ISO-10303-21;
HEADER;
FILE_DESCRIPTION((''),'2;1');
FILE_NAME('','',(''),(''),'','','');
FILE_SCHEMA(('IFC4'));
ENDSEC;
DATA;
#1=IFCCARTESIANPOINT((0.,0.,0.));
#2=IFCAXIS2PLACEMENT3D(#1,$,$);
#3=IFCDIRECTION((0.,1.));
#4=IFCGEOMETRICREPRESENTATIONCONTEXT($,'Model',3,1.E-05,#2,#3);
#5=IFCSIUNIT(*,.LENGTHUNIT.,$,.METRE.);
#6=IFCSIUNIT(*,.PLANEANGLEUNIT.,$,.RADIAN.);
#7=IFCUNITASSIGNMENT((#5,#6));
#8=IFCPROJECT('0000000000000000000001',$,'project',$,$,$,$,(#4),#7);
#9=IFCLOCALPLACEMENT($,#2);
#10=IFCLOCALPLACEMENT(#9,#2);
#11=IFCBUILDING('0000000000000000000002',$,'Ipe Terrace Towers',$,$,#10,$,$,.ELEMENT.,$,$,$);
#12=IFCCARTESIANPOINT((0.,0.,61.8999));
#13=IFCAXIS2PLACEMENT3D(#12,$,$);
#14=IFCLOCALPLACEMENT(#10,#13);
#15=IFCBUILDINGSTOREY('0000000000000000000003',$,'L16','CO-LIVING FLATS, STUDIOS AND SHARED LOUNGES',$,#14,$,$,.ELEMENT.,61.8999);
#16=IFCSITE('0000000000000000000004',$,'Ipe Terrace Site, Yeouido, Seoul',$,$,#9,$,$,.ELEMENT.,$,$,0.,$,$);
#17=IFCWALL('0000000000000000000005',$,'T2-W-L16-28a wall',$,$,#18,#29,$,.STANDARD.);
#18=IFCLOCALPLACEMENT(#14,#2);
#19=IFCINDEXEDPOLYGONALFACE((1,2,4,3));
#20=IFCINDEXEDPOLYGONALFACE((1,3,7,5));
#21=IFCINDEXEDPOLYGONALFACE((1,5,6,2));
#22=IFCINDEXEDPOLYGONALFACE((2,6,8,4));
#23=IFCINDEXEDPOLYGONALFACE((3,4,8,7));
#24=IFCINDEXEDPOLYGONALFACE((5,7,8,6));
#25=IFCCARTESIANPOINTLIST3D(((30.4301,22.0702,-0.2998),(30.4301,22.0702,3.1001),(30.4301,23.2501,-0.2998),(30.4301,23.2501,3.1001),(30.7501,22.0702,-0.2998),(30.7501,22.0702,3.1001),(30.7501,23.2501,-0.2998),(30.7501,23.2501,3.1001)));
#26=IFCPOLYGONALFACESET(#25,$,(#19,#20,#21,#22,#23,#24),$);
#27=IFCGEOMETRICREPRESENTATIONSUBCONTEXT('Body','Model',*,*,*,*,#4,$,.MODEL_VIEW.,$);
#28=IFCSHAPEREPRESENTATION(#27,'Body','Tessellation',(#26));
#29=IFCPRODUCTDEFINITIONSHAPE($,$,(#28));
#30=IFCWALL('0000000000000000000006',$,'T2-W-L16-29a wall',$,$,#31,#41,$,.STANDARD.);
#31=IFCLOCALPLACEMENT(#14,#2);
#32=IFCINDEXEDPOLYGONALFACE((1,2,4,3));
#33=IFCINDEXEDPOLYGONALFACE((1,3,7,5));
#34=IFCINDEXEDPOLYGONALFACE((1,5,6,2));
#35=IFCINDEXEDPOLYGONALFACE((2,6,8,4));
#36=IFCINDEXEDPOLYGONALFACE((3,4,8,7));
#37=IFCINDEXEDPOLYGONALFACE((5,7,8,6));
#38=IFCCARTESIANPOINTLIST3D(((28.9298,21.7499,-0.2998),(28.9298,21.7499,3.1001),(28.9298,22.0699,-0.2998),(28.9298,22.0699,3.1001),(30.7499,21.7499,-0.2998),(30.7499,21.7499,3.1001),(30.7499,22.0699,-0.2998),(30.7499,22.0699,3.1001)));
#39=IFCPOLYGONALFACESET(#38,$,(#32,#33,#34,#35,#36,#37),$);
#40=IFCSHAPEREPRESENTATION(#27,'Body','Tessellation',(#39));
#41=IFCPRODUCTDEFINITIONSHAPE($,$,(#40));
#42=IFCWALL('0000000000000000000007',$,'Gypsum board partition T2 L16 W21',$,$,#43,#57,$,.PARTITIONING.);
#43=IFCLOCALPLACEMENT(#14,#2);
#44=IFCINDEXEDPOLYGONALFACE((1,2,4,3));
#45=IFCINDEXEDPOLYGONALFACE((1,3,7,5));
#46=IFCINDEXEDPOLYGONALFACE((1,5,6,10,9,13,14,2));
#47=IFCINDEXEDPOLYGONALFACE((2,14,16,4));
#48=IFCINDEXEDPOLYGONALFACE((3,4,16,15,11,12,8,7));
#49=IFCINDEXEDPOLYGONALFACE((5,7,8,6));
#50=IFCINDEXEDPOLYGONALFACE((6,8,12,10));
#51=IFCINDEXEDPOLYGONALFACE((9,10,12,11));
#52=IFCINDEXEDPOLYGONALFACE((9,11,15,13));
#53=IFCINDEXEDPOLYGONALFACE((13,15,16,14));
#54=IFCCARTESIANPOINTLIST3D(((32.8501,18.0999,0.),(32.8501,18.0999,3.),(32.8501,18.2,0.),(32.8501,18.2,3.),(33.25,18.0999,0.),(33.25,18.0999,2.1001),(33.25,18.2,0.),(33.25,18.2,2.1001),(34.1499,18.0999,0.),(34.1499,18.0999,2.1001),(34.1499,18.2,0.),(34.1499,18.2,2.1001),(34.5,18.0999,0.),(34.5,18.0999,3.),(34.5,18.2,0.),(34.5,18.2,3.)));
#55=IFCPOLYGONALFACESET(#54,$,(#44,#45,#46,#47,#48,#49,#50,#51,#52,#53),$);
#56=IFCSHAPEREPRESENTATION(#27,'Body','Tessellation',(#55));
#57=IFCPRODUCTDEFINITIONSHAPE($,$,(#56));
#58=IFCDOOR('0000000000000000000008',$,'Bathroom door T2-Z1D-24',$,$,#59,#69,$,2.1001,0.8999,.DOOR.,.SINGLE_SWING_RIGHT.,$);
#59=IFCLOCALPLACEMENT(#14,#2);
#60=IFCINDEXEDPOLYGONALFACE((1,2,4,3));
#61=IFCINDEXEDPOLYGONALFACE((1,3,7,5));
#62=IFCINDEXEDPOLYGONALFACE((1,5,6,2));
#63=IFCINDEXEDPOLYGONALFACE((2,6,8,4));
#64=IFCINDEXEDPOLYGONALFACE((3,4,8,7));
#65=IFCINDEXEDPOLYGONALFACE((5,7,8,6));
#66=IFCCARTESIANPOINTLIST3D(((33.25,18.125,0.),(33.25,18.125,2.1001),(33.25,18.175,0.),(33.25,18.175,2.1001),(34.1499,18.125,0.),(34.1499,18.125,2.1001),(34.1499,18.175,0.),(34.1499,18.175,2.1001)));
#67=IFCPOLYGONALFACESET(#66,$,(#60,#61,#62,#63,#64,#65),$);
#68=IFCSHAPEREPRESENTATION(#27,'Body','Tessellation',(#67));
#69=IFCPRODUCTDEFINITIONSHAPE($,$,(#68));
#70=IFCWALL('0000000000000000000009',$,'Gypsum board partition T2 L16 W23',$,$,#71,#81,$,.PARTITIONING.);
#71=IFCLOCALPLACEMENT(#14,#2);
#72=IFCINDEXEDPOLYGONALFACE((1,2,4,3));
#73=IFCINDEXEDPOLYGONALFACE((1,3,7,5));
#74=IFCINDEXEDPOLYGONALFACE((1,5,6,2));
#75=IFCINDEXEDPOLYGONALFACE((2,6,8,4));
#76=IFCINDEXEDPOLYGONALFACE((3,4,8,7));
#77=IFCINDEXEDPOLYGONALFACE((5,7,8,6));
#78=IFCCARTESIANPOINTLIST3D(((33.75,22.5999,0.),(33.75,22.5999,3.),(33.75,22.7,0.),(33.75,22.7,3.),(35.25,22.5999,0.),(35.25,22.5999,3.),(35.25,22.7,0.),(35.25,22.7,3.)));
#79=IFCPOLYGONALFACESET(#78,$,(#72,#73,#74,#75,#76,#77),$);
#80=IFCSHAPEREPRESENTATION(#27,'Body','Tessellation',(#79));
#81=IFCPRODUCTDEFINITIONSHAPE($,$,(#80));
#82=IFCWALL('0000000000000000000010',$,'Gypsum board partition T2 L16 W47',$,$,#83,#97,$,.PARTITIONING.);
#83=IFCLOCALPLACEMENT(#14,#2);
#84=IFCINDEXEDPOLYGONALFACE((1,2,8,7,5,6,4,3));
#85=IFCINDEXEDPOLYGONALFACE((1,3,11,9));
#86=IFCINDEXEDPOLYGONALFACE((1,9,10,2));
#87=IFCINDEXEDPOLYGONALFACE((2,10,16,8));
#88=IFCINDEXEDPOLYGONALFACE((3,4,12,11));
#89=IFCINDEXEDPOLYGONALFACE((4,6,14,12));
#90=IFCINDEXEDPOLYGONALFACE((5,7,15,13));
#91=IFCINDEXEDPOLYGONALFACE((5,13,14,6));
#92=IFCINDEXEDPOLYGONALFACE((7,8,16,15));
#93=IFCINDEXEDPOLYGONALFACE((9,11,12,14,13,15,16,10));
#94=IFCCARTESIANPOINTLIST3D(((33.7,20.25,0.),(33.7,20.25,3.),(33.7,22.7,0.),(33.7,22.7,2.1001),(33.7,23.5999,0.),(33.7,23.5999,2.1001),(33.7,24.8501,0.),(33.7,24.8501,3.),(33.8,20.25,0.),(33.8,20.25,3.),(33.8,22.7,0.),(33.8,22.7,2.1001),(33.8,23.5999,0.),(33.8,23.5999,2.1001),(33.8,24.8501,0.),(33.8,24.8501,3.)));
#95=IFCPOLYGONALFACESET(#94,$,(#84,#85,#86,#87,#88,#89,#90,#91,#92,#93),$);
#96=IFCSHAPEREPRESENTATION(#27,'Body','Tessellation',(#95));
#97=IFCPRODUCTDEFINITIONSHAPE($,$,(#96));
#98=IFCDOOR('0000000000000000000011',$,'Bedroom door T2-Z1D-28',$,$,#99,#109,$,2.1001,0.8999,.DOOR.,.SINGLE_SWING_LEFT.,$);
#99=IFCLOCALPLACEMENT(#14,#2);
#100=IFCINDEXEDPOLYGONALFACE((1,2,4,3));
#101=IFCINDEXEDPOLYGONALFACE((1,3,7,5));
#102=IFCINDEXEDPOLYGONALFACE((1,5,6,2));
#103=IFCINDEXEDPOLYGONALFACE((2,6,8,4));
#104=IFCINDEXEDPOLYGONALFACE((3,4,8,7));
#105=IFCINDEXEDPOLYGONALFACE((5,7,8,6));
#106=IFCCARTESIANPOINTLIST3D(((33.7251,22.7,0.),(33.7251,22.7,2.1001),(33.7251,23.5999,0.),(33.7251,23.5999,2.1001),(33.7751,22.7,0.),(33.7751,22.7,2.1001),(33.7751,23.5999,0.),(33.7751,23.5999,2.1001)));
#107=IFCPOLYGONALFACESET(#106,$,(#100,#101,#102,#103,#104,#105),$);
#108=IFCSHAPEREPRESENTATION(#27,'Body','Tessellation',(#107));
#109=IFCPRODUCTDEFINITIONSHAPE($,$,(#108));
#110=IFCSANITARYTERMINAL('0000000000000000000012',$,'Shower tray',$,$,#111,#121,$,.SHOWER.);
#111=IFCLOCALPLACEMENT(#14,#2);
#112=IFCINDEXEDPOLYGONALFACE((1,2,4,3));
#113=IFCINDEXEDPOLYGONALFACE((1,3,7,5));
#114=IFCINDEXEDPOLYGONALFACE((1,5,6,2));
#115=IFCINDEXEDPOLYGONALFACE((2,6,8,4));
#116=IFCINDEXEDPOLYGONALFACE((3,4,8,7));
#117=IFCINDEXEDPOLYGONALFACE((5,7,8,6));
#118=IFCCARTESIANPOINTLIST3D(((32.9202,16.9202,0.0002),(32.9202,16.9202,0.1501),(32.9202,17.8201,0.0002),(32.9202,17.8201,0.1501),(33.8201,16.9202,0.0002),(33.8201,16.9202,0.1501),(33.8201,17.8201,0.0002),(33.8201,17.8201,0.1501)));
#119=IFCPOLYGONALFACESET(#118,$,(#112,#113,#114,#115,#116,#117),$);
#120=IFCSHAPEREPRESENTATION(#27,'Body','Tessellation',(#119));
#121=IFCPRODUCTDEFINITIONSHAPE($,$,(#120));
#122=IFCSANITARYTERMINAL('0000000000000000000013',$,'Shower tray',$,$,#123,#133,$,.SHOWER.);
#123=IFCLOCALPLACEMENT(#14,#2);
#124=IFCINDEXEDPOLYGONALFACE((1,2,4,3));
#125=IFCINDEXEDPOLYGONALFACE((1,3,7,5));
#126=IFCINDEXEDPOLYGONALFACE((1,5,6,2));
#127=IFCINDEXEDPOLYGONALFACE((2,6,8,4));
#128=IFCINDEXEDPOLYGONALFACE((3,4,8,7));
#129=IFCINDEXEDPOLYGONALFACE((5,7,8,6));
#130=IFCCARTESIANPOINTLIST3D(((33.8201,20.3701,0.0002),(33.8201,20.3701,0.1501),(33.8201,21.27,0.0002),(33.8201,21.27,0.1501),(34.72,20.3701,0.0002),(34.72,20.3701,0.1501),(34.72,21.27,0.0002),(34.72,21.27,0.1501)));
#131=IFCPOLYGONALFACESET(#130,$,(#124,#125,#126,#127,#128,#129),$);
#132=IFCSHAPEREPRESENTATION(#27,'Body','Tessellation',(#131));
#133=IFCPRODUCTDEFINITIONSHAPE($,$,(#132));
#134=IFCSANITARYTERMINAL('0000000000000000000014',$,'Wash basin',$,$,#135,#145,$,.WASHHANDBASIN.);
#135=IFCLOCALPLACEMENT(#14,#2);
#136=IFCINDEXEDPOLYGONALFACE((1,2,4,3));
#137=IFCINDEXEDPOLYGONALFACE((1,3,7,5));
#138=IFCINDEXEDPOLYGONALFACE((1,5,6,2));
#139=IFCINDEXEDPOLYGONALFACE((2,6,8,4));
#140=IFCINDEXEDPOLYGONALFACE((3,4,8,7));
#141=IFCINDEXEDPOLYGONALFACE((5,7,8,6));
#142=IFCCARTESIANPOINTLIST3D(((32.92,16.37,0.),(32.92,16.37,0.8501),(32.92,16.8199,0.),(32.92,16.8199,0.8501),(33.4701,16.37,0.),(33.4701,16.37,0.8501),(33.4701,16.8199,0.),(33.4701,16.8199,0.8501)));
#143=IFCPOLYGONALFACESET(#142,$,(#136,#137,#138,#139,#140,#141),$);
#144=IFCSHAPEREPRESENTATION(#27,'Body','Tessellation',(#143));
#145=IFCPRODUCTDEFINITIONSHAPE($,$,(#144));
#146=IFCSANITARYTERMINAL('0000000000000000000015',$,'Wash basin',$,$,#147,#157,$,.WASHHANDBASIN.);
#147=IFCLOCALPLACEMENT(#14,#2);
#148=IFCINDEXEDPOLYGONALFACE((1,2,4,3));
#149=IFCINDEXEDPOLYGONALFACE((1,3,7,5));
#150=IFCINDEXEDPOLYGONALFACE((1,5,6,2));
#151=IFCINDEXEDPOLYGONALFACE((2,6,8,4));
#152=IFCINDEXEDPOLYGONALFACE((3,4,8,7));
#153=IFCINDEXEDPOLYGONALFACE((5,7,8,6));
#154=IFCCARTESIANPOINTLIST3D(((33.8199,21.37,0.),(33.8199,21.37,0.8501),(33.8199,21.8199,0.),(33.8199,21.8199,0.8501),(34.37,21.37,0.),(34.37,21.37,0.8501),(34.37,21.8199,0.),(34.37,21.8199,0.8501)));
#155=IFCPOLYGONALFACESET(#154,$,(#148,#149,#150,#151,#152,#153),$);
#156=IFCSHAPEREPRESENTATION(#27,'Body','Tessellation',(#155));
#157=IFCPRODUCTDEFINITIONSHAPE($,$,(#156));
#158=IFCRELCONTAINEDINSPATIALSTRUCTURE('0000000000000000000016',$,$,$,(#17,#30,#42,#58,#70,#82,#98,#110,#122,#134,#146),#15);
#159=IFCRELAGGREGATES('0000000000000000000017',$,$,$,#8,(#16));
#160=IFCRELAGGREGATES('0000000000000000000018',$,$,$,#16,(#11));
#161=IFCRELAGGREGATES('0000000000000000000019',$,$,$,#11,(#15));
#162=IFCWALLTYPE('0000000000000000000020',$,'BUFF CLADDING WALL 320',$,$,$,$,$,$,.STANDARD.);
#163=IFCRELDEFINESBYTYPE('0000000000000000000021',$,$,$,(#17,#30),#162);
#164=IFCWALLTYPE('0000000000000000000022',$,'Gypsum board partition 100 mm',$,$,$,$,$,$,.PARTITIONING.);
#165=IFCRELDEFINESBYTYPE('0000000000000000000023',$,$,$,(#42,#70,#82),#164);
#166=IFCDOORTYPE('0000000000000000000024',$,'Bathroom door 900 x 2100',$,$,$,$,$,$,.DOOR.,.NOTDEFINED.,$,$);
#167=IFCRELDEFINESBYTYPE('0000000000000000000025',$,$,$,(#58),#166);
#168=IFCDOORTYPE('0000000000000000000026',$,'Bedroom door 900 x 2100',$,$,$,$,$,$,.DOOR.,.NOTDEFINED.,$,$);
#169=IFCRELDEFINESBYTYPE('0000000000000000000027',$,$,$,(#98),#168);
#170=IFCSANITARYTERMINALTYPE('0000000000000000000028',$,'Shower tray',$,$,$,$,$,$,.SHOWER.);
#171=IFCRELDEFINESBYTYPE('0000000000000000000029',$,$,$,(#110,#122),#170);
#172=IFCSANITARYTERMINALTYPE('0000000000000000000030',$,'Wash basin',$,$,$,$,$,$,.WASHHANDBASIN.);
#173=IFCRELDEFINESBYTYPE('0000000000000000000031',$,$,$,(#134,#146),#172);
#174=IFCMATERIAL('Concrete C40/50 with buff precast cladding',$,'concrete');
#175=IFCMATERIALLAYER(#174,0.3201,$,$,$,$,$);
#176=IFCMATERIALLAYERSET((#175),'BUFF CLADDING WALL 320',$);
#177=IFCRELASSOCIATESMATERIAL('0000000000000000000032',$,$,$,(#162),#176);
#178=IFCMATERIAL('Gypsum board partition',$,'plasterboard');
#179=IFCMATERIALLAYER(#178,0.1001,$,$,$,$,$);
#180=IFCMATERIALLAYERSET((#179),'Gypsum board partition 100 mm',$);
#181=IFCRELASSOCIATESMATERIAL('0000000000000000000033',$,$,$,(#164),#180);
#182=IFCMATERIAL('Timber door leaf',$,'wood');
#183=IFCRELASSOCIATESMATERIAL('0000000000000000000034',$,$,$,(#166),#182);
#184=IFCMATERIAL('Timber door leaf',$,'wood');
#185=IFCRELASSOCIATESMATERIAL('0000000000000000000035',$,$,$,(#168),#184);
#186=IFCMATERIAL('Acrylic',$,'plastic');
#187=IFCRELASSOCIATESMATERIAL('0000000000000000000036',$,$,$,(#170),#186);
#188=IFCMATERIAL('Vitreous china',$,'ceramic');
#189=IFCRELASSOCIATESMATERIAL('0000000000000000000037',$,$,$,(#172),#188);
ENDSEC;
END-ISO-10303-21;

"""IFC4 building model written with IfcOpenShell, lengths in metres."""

from ifc_helpers import new_model, si_unit, direction, frame, frame_2d, origin, origin_2d, place, context, subcontext, project, spatial, rectangle, extrude, material, layer, layer_set, type_object, element, fill, save


model = new_model("IFC4")

# Units and contexts
model_context = context("Model", 3, precision=1e-05, world=origin(), true_north=direction((0.0, 1.0)))
body_context = subcontext(model_context, "Body", "Model", "MODEL_VIEW")
ifc_project = project(units=[si_unit("LENGTHUNIT", "METRE"), si_unit("PLANEANGLEUNIT", "RADIAN")], contexts=[model_context])

# Site, building, storey
site_placement = place(None, origin())
site = spatial("IfcSite", under=ifc_project, at=site_placement, Name="Ipe Terrace Site, Yeouido, Seoul", CompositionType="ELEMENT", RefElevation=0.0)
building_placement = place(site_placement, origin())
building = spatial("IfcBuilding", under=site, at=building_placement, Name="Ipe Terrace Towers", CompositionType="ELEMENT")
storey_placement = place(building_placement, frame((0.0, 0.0, 61.8999)))
storey = spatial("IfcBuildingStorey", under=building, at=storey_placement, Name="L16", Description="CO-LIVING FLATS, STUDIOS AND SHARED LOUNGES", CompositionType="ELEMENT", Elevation=61.8999)

# Shared definitions
ifc_material_1 = material(Name="Concrete C40/50 with buff precast cladding", Category="concrete")
ifc_layer_1 = layer(ifc_material_1, 0.3201)
ifc_layer_set_1 = layer_set([ifc_layer_1], Name="BUFF CLADDING WALL 320")
wall_type_1 = type_object("IfcWallType", Name="BUFF CLADDING WALL 320", PredefinedType="STANDARD", material=ifc_layer_set_1)

# Walls
wall_1_placement = place(storey_placement, frame((30.5901, 23.25, -0.2998), z_axis=(0.0, 0.0, 1.0), x_axis=(0.0, -1.0, 0.0)))
element("IfcWall", 1, at=wall_1_placement, inside=storey, type_object=wall_type_1, Name="T2-W-L16-28a wall", PredefinedType="STANDARD", context=body_context, shape_type="SweptSolid", body=[
    extrude(rectangle(XDim=1.1799, YDim=0.3201, at=frame_2d((0.5898, 0.0))), origin(), (0.0, 0.0, 1.0), 3.3999),
])
wall_2_placement = place(storey_placement, frame((30.75, 21.9099, -0.2998), z_axis=(0.0, 0.0, 1.0), x_axis=(-1.0, 0.0, 0.0)))
element("IfcWall", 2, at=wall_2_placement, inside=storey, type_object=wall_type_1, Name="T2-W-L16-29a wall", PredefinedType="STANDARD", context=body_context, shape_type="SweptSolid", body=[
    extrude(rectangle(XDim=1.8201, YDim=0.3201, at=frame_2d((0.9102, 0.0))), origin(), (0.0, 0.0, 1.0), 3.3999),
])

# Wall, opening, door
ifc_material_2 = material(Name="Gypsum board partition", Category="plasterboard")
ifc_layer_2 = layer(ifc_material_2, 0.1001)
ifc_layer_set_2 = layer_set([ifc_layer_2], Name="Gypsum board partition 100 mm")
wall_type_2 = type_object("IfcWallType", Name="Gypsum board partition 100 mm", PredefinedType="PARTITIONING", material=ifc_layer_set_2)
wall_3_placement = place(storey_placement, frame((34.5, 18.1499, 0.0), z_axis=(0.0, 0.0, 1.0), x_axis=(-1.0, 0.0, 0.0)))
wall_3 = element("IfcWall", 3, at=wall_3_placement, inside=storey, type_object=wall_type_2, Name="Gypsum board partition T2 L16 W21", PredefinedType="PARTITIONING", context=body_context, shape_type="SweptSolid", body=[
    extrude(rectangle(XDim=1.6499, YDim=0.1001, at=frame_2d((0.825, 0.0))), origin(), (0.0, 0.0, 1.0), 3.0),
])
opening_1_placement = place(wall_3_placement, frame((0.3501, 0.0, 0.0)))
opening_1 = element("IfcOpeningElement", 4, at=opening_1_placement, cuts=wall_3, PredefinedType="OPENING", context=body_context, shape_type="SweptSolid", body=[
    extrude(rectangle(XDim=0.8999, YDim=2.1001, at=frame_2d((0.45, 1.05))), frame((0.0, 0.0601, 0.0), z_axis=(0.0, -1.0, 0.0), x_axis=(1.0, 0.0, 0.0)), (0.0, 0.0, 1.0), 0.1201),
])
ifc_material_3 = material(Name="Timber door leaf", Category="wood")
door_type_1 = type_object("IfcDoorType", Name="Bathroom door 900 x 2100", OperationType="NOTDEFINED", PredefinedType="DOOR", material=ifc_material_3)
door_1_placement = place(opening_1_placement, origin())
door_1 = element("IfcDoor", 5, at=door_1_placement, inside=storey, type_object=door_type_1, Name="Bathroom door T2-Z1D-24", OperationType="SINGLE_SWING_RIGHT", OverallHeight=2.1001, OverallWidth=0.8999, PredefinedType="DOOR", context=body_context, shape_type="SweptSolid", body=[
    extrude(rectangle(XDim=0.8999, YDim=2.1001, at=frame_2d((0.45, 1.05))), frame((0.0, 0.0249, 0.0), z_axis=(0.0, -1.0, 0.0), x_axis=(1.0, 0.0, 0.0)), (0.0, 0.0, 1.0), 0.05),
])
fill(opening_1, door_1)

# Wall
wall_4_placement = place(storey_placement, frame((35.25, 22.6499, 0.0), z_axis=(0.0, 0.0, 1.0), x_axis=(-1.0, 0.0, 0.0)))
element("IfcWall", 6, at=wall_4_placement, inside=storey, type_object=wall_type_2, Name="Gypsum board partition T2 L16 W23", PredefinedType="PARTITIONING", context=body_context, shape_type="SweptSolid", body=[
    extrude(rectangle(XDim=1.5, YDim=0.1001, at=frame_2d((0.75, 0.0))), origin(), (0.0, 0.0, 1.0), 3.0),
])

# Wall, opening, door
wall_5_placement = place(storey_placement, frame((33.75, 20.25, 0.0), z_axis=(0.0, 0.0, 1.0), x_axis=(0.0, 1.0, 0.0)))
wall_5 = element("IfcWall", 7, at=wall_5_placement, inside=storey, type_object=wall_type_2, Name="Gypsum board partition T2 L16 W47", PredefinedType="PARTITIONING", context=body_context, shape_type="SweptSolid", body=[
    extrude(rectangle(XDim=4.6001, YDim=0.1001, at=frame_2d((2.3, 0.0))), origin(), (0.0, 0.0, 1.0), 3.0),
])
opening_2_placement = place(wall_5_placement, frame((2.45, 0.0, 0.0)))
opening_2 = element("IfcOpeningElement", 8, at=opening_2_placement, cuts=wall_5, PredefinedType="OPENING", context=body_context, shape_type="SweptSolid", body=[
    extrude(rectangle(XDim=0.8999, YDim=2.1001, at=frame_2d((0.45, 1.05))), frame((0.0, 0.0601, 0.0), z_axis=(0.0, -1.0, 0.0), x_axis=(1.0, 0.0, 0.0)), (0.0, 0.0, 1.0), 0.1201),
])
ifc_material_4 = material(Name="Timber door leaf", Category="wood")
door_type_2 = type_object("IfcDoorType", Name="Bedroom door 900 x 2100", OperationType="NOTDEFINED", PredefinedType="DOOR", material=ifc_material_4)
door_2_placement = place(opening_2_placement, origin())
door_2 = element("IfcDoor", 9, at=door_2_placement, inside=storey, type_object=door_type_2, Name="Bedroom door T2-Z1D-28", OperationType="SINGLE_SWING_LEFT", OverallHeight=2.1001, OverallWidth=0.8999, PredefinedType="DOOR", context=body_context, shape_type="SweptSolid", body=[
    extrude(rectangle(XDim=0.8999, YDim=2.1001, at=frame_2d((0.45, 1.05))), frame((0.0, 0.0249, 0.0), z_axis=(0.0, -1.0, 0.0), x_axis=(1.0, 0.0, 0.0)), (0.0, 0.0, 1.0), 0.05),
])
fill(opening_2, door_2)

# Sanitary terminals
ifc_material_5 = material(Name="Acrylic", Category="plastic")
sanitary_terminal_type_1 = type_object("IfcSanitaryTerminalType", Name="Shower tray", PredefinedType="SHOWER", material=ifc_material_5)
for number, where, z_axis, x_axis, name in (
    (10, (33.3701, 17.3701, 0.0002), (0.0, 0.0, 1.0), (1.0, 0.0, 0.0), "Shower tray"),
    (11, (34.27, 20.8201, 0.0002), (0.0, 0.0, 1.0), (1.0, 0.0, 0.0), "Shower tray"),
):
    element("IfcSanitaryTerminal", number, at=place(storey_placement, frame(where, z_axis=z_axis, x_axis=x_axis)), inside=storey, type_object=sanitary_terminal_type_1, Name=name, PredefinedType="SHOWER", context=body_context, shape_type="SweptSolid", body=[
        extrude(rectangle(XDim=0.8999, YDim=0.8999, at=origin_2d()), origin(), (0.0, 0.0, 1.0), 0.1499),
    ])
ifc_material_6 = material(Name="Vitreous china", Category="ceramic")
sanitary_terminal_type_2 = type_object("IfcSanitaryTerminalType", Name="Wash basin", PredefinedType="WASHHANDBASIN", material=ifc_material_6)
for number, where, z_axis, x_axis, name in (
    (12, (33.1951, 16.595, 0.0), (0.0, 0.0, 1.0), (1.0, 0.0, 0.0), "Wash basin"),
    (13, (34.095, 21.595, 0.0), (0.0, 0.0, 1.0), (1.0, 0.0, 0.0), "Wash basin"),
):
    element("IfcSanitaryTerminal", number, at=place(storey_placement, frame(where, z_axis=z_axis, x_axis=x_axis)), inside=storey, type_object=sanitary_terminal_type_2, Name=name, PredefinedType="WASHHANDBASIN", context=body_context, shape_type="SweptSolid", body=[
        extrude(rectangle(XDim=0.55, YDim=0.45, at=origin_2d()), origin(), (0.0, 0.0, 1.0), 0.8501),
    ])

save(model, "model.ifc")
